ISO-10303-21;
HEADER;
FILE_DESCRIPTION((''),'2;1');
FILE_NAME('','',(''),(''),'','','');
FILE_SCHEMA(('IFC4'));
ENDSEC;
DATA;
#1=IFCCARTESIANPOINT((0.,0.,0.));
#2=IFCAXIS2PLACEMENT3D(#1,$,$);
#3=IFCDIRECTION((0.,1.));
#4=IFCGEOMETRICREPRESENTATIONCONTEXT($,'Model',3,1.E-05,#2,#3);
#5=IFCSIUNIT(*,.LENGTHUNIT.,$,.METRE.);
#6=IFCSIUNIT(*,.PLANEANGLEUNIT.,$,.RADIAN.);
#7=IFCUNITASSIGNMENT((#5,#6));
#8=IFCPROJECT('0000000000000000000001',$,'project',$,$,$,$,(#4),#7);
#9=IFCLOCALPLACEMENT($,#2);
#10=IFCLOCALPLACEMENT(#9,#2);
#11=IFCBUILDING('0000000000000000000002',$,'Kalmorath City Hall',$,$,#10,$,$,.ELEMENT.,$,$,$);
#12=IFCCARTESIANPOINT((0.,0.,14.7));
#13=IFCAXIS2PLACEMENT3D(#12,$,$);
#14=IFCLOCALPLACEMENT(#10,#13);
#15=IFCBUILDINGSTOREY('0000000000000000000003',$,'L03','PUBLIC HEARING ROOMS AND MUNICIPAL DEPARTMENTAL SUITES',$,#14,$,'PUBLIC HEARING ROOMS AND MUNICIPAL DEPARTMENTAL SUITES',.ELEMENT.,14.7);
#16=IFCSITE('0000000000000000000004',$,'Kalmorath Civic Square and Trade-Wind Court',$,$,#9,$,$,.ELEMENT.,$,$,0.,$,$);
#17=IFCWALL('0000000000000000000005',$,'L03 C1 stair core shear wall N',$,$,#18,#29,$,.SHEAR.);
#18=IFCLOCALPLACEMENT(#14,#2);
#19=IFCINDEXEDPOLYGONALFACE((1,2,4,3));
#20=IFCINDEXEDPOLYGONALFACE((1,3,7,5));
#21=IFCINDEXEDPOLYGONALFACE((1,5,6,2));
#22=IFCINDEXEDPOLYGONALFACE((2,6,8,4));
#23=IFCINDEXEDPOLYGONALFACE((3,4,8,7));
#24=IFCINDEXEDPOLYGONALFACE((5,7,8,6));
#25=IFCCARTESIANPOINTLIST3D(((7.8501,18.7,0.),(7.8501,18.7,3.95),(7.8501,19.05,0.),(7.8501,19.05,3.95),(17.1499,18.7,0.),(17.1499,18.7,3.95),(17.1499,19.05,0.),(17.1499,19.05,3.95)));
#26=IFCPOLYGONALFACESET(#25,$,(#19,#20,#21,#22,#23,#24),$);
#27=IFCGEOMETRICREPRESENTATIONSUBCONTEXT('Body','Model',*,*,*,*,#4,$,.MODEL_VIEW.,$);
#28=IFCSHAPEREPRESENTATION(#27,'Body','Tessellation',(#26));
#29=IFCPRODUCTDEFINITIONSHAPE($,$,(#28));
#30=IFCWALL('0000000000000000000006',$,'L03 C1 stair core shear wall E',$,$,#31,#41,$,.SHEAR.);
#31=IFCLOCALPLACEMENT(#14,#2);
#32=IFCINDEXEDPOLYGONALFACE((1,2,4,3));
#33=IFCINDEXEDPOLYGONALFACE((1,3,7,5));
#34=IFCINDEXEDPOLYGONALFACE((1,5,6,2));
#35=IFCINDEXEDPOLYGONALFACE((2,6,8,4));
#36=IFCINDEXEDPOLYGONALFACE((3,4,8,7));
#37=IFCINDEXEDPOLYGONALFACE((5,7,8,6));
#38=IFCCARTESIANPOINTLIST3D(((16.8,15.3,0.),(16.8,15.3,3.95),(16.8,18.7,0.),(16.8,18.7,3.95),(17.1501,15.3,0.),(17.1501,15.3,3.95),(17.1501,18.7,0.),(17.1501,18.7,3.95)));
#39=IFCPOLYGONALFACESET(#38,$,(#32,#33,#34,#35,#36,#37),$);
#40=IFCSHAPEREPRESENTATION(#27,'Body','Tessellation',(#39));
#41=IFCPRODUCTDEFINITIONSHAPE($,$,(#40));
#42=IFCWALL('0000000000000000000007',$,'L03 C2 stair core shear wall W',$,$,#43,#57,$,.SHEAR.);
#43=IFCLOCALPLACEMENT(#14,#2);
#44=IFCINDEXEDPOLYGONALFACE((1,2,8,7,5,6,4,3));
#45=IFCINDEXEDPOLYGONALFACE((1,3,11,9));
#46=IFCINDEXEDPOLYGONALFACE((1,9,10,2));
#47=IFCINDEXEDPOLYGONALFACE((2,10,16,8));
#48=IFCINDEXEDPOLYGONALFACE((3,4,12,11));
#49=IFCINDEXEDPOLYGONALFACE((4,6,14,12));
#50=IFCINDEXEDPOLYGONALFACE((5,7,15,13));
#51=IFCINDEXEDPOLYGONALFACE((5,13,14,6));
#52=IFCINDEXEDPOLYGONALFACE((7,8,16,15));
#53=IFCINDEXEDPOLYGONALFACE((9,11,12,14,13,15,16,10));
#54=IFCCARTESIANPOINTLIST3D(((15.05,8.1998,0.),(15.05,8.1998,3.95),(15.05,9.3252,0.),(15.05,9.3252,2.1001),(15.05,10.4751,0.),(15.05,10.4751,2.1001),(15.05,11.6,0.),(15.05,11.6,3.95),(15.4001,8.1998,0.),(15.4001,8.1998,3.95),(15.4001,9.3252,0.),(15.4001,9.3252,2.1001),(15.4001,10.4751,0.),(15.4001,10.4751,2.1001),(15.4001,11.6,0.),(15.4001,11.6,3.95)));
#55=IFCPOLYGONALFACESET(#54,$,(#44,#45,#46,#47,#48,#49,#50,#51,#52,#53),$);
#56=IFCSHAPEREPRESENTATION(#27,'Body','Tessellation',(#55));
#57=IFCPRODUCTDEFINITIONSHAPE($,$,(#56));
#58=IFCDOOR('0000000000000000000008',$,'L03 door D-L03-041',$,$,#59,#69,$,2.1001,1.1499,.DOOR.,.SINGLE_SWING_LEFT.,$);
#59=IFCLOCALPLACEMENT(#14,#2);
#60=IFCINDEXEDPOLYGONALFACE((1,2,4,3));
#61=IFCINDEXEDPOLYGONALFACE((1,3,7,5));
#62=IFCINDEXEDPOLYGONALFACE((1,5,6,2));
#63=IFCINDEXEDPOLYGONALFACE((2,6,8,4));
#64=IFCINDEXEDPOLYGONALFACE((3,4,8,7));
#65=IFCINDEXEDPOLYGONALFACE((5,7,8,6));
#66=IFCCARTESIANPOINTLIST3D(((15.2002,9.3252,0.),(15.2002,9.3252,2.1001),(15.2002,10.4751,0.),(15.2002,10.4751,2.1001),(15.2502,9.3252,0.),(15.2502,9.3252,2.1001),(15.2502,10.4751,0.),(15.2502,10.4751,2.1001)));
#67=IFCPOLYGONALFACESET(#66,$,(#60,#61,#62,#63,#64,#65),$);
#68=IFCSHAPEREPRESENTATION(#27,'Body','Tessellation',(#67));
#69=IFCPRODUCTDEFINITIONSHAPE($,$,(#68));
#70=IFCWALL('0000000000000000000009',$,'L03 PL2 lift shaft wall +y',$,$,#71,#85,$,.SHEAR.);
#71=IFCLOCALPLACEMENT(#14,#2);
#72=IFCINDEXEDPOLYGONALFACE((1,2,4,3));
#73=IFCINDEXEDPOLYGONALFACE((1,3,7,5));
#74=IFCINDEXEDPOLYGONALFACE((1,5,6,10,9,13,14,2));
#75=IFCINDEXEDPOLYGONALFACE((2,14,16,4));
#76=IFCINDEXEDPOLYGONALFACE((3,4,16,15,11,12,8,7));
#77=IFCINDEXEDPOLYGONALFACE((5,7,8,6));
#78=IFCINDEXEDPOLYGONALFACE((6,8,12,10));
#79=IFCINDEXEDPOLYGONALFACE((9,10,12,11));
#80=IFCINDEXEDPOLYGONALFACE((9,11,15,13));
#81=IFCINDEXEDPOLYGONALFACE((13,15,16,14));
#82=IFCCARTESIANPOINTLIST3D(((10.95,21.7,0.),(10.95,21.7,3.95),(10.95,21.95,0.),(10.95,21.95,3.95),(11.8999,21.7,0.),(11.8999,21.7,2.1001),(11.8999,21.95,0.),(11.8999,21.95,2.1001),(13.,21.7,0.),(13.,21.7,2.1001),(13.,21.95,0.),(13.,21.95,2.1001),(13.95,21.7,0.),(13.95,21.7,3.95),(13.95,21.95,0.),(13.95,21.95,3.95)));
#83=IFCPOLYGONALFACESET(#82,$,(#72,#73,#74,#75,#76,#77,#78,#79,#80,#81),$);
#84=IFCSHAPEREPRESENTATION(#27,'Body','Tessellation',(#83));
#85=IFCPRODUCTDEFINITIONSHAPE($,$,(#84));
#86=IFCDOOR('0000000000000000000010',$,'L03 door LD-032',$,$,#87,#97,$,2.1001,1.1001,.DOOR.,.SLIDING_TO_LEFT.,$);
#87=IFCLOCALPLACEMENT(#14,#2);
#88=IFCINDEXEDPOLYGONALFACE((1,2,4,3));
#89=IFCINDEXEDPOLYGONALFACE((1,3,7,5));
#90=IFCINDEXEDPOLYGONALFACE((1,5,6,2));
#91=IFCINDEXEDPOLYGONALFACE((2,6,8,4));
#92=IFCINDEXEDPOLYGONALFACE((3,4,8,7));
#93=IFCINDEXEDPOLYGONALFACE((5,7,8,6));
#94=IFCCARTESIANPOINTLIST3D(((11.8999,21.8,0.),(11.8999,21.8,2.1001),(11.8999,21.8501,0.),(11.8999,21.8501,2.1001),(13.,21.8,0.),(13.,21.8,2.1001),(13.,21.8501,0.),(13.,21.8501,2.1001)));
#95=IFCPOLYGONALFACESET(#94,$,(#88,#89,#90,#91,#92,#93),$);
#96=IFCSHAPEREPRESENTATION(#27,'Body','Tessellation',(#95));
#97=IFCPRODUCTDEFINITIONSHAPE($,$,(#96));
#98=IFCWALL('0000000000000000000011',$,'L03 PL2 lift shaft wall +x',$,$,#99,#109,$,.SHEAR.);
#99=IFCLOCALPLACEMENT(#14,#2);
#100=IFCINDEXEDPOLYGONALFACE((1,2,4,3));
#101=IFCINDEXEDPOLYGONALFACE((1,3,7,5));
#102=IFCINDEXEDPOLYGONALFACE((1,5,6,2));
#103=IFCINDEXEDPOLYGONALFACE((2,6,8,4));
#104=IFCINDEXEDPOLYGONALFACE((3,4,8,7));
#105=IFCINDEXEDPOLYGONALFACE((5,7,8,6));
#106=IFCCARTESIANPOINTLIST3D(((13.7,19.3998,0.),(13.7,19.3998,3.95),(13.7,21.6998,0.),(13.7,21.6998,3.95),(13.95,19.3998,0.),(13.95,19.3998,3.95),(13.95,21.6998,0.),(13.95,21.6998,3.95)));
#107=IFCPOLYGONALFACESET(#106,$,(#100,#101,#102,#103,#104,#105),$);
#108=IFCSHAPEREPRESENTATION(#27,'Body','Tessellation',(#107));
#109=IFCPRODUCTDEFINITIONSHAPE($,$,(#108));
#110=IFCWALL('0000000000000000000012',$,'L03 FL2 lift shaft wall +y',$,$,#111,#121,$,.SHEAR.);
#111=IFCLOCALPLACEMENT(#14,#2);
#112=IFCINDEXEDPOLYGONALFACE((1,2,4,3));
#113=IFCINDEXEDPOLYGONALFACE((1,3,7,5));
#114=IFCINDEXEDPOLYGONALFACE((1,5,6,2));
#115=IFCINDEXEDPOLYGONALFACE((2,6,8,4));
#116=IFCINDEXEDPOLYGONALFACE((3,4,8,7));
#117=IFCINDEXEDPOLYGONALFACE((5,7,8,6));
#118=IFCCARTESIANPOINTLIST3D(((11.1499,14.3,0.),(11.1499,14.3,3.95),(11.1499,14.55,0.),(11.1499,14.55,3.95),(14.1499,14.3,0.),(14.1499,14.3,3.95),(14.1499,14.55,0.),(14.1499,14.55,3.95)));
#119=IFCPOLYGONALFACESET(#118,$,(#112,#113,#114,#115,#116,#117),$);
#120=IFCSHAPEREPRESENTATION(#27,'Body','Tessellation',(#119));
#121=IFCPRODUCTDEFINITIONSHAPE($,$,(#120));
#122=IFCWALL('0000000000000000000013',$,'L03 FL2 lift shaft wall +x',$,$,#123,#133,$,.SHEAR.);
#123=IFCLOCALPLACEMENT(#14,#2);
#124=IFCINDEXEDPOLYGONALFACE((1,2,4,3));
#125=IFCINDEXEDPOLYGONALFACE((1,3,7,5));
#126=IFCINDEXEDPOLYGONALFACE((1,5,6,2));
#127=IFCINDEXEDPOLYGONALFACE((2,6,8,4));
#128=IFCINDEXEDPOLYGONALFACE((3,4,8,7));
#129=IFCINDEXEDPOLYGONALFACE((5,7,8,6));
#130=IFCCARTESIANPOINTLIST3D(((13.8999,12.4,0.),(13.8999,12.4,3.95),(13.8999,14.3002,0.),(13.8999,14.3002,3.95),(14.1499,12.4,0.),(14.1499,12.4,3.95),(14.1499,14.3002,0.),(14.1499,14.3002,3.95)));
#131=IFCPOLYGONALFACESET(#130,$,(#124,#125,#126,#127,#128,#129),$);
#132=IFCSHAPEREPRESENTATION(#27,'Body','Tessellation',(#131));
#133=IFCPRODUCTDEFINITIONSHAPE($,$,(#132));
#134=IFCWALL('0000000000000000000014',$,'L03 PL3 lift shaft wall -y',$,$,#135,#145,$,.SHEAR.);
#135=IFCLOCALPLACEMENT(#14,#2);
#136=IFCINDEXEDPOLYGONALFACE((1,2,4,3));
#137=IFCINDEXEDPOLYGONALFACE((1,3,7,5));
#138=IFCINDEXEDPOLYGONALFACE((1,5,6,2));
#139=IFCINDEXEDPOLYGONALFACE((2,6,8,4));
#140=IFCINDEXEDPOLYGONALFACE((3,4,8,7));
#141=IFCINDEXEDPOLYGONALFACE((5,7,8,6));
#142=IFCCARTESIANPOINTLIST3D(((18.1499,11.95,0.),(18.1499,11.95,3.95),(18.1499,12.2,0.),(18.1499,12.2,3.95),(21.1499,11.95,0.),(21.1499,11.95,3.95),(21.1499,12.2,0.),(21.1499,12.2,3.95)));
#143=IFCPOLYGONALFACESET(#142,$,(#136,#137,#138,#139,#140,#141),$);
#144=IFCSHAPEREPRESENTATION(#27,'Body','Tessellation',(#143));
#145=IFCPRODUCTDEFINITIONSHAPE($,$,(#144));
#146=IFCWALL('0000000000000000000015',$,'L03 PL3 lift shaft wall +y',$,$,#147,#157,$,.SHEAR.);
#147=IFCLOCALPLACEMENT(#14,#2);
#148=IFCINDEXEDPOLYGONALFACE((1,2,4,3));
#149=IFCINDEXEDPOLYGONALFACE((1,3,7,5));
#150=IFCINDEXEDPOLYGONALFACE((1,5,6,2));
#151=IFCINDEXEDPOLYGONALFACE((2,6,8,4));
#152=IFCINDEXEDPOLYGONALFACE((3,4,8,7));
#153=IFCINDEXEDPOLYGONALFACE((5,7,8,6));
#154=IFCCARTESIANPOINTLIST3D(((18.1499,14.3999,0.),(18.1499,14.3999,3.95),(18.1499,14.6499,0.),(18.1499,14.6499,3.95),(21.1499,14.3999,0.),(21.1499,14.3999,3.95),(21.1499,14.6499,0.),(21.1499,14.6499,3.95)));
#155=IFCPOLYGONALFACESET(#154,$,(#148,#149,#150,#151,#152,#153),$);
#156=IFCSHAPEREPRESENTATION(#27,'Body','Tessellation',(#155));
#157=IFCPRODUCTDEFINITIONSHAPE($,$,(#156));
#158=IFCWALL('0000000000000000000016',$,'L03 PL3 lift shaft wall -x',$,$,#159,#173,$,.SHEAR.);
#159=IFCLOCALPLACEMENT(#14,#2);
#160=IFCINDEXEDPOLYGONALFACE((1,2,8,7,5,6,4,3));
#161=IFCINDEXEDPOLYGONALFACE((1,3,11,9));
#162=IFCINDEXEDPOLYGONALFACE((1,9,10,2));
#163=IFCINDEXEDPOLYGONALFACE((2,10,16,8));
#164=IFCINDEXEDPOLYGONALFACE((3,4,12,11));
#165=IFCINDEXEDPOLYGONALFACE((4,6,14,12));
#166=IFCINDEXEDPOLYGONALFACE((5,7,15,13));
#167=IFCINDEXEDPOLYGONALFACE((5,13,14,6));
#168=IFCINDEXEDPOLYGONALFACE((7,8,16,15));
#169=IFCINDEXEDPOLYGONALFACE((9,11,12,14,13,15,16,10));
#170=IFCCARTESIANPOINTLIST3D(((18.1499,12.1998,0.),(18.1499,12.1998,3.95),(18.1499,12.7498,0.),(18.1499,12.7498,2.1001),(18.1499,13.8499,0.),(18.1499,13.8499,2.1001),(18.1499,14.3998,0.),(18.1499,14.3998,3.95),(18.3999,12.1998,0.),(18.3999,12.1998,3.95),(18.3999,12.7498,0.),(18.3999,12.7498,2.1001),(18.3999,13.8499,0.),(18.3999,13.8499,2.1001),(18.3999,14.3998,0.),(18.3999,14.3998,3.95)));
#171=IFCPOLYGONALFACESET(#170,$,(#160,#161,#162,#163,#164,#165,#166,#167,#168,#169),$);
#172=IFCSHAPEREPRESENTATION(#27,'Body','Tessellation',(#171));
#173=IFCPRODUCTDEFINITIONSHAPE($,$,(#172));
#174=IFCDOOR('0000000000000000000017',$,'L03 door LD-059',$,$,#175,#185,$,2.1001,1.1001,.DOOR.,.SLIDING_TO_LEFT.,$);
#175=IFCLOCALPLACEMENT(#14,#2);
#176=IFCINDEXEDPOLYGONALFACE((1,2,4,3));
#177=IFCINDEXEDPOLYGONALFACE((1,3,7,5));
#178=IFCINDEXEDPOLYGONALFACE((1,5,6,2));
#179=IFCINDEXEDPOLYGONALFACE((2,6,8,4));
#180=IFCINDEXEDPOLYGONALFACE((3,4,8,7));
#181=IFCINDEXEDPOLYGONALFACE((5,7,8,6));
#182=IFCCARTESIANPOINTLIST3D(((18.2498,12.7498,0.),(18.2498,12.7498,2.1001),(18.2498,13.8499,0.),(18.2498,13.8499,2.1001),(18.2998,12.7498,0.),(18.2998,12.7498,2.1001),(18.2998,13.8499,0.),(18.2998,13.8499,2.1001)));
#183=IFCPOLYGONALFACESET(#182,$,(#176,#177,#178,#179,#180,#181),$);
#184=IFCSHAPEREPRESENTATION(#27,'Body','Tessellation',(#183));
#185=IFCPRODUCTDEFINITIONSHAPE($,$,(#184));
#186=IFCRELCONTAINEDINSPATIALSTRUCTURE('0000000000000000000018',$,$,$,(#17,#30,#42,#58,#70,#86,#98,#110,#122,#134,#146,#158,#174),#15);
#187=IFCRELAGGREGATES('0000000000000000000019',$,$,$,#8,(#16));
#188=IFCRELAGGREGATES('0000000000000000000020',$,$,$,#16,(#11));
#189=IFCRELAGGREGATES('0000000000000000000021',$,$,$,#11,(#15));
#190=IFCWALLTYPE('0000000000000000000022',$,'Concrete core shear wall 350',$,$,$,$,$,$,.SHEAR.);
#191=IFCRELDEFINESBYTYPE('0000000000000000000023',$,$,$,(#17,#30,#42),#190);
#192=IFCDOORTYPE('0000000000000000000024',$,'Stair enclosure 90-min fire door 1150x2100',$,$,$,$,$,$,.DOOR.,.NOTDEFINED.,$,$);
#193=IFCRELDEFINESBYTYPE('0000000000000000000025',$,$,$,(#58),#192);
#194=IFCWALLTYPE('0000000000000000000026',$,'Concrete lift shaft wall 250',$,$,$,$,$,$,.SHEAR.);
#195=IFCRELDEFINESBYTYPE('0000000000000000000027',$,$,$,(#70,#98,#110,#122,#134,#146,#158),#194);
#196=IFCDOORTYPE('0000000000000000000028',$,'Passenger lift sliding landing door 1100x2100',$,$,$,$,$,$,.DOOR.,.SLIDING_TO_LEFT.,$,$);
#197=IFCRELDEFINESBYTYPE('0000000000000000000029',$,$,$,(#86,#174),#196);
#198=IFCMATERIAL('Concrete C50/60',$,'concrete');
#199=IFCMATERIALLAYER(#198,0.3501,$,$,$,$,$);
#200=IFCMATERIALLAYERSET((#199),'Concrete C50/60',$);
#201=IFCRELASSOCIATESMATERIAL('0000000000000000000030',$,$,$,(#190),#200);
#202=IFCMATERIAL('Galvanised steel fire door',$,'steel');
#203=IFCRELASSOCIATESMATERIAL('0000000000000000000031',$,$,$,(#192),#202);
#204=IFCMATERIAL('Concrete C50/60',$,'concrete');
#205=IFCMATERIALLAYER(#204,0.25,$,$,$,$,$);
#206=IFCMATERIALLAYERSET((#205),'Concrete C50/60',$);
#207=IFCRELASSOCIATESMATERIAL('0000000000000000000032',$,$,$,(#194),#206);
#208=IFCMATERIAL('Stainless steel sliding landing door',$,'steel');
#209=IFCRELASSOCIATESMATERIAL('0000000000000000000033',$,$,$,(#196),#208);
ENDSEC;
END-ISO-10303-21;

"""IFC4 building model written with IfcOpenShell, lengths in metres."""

from ifc_helpers import new_model, si_unit, direction, frame, frame_2d, origin, place, context, subcontext, project, spatial, rectangle, extrude, material, layer, layer_set, type_object, element, fill, save


model = new_model("IFC4")

# Units and contexts
model_context = context("Model", 3, precision=1e-05, world=origin(), true_north=direction((0.0, 1.0)))
body_context = subcontext(model_context, "Body", "Model", "MODEL_VIEW")
ifc_project = project(units=[si_unit("LENGTHUNIT", "METRE"), si_unit("PLANEANGLEUNIT", "RADIAN")], contexts=[model_context])

# Site, building, storey
site_placement = place(None, origin())
site = spatial("IfcSite", under=ifc_project, at=site_placement, Name="Kalmorath Civic Square and Trade-Wind Court", CompositionType="ELEMENT", RefElevation=0.0)
building_placement = place(site_placement, origin())
building = spatial("IfcBuilding", under=site, at=building_placement, Name="Kalmorath City Hall", CompositionType="ELEMENT")
storey_placement = place(building_placement, frame((0.0, 0.0, 14.7)))
storey = spatial("IfcBuildingStorey", under=building, at=storey_placement, Name="L03", Description="PUBLIC HEARING ROOMS AND MUNICIPAL DEPARTMENTAL SUITES", LongName="PUBLIC HEARING ROOMS AND MUNICIPAL DEPARTMENTAL SUITES", CompositionType="ELEMENT", Elevation=14.7)

# Walls
ifc_material_1 = material(Name="Concrete C50/60", Category="concrete")
ifc_layer_1 = layer(ifc_material_1, 0.3501)
ifc_layer_set_1 = layer_set([ifc_layer_1], Name="Concrete C50/60")
wall_type_1 = type_object("IfcWallType", Name="Concrete core shear wall 350", PredefinedType="SHEAR", material=ifc_layer_set_1)
wall_1_placement = place(storey_placement, frame((17.1499, 18.875, 0.0), z_axis=(0.0, 0.0, 1.0), x_axis=(-1.0, 0.0, 0.0)))
element("IfcWall", 1, at=wall_1_placement, inside=storey, type_object=wall_type_1, Name="L03 C1 stair core shear wall N", PredefinedType="SHEAR", context=body_context, shape_type="SweptSolid", body=[
    extrude(rectangle(XDim=9.2998, YDim=0.3501, at=frame_2d((4.6499, 0.0))), origin(), (0.0, 0.0, 1.0), 3.95),
])
wall_2_placement = place(storey_placement, frame((16.9751, 15.3, 0.0), z_axis=(0.0, 0.0, 1.0), x_axis=(0.0, 1.0, 0.0)))
element("IfcWall", 2, at=wall_2_placement, inside=storey, type_object=wall_type_1, Name="L03 C1 stair core shear wall E", PredefinedType="SHEAR", context=body_context, shape_type="SweptSolid", body=[
    extrude(rectangle(XDim=3.3999, YDim=0.3501, at=frame_2d((1.7, 0.0))), origin(), (0.0, 0.0, 1.0), 3.95),
])

# Walls, openings, doors
wall_3_placement = place(storey_placement, frame((15.2251, 11.6001, 0.0), z_axis=(0.0, 0.0, 1.0), x_axis=(0.0, -1.0, 0.0)))
wall_3 = element("IfcWall", 3, at=wall_3_placement, inside=storey, type_object=wall_type_1, Name="L03 C2 stair core shear wall W", PredefinedType="SHEAR", context=body_context, shape_type="SweptSolid", body=[
    extrude(rectangle(XDim=3.4001, YDim=0.3501, at=frame_2d((1.7002, 0.0))), origin(), (0.0, 0.0, 1.0), 3.95),
])
opening_1_placement = place(wall_3_placement, frame((1.125, 0.0, 0.0)))
opening_1 = element("IfcOpeningElement", 4, at=opening_1_placement, cuts=wall_3, PredefinedType="OPENING", context=body_context, shape_type="SweptSolid", body=[
    extrude(rectangle(XDim=1.1499, YDim=2.1001, at=frame_2d((0.575, 1.05))), frame((0.0, 0.1851, 0.0), z_axis=(0.0, -1.0, 0.0), x_axis=(1.0, 0.0, 0.0)), (0.0, 0.0, 1.0), 0.3701),
])
ifc_material_2 = material(Name="Galvanised steel fire door", Category="steel")
door_type_1 = type_object("IfcDoorType", Name="Stair enclosure 90-min fire door 1150x2100", OperationType="NOTDEFINED", PredefinedType="DOOR", material=ifc_material_2)
door_1_placement = place(opening_1_placement, frame((1.1499, 0.0, 0.0), z_axis=(0.0, 0.0, 1.0), x_axis=(-1.0, 0.0, 0.0)))
door_1 = element("IfcDoor", 5, at=door_1_placement, inside=storey, type_object=door_type_1, Name="L03 door D-L03-041", OperationType="SINGLE_SWING_LEFT", OverallHeight=2.1001, OverallWidth=1.1499, PredefinedType="DOOR", context=body_context, shape_type="SweptSolid", body=[
    extrude(rectangle(XDim=1.1499, YDim=2.1001, at=frame_2d((0.575, 1.05))), frame((0.0, 0.0249, 0.0), z_axis=(0.0, -1.0, 0.0), x_axis=(1.0, 0.0, 0.0)), (0.0, 0.0, 1.0), 0.05),
])
fill(opening_1, door_1)
ifc_material_3 = material(Name="Concrete C50/60", Category="concrete")
ifc_layer_2 = layer(ifc_material_3, 0.25)
ifc_layer_set_2 = layer_set([ifc_layer_2], Name="Concrete C50/60")
wall_type_2 = type_object("IfcWallType", Name="Concrete lift shaft wall 250", PredefinedType="SHEAR", material=ifc_layer_set_2)
wall_4_placement = place(storey_placement, frame((13.95, 21.825, 0.0), z_axis=(0.0, 0.0, 1.0), x_axis=(-1.0, 0.0, 0.0)))
wall_4 = element("IfcWall", 6, at=wall_4_placement, inside=storey, type_object=wall_type_2, Name="L03 PL2 lift shaft wall +y", PredefinedType="SHEAR", context=body_context, shape_type="SweptSolid", body=[
    extrude(rectangle(XDim=3.0, YDim=0.25, at=frame_2d((1.5, 0.0))), origin(), (0.0, 0.0, 1.0), 3.95),
])
opening_2_placement = place(wall_4_placement, frame((0.95, 0.0, 0.0)))
opening_2 = element("IfcOpeningElement", 7, at=opening_2_placement, cuts=wall_4, PredefinedType="OPENING", context=body_context, shape_type="SweptSolid", body=[
    extrude(rectangle(XDim=1.1001, YDim=2.1001, at=frame_2d((0.55, 1.05))), frame((0.0, 0.135, 0.0), z_axis=(0.0, -1.0, 0.0), x_axis=(1.0, 0.0, 0.0)), (0.0, 0.0, 1.0), 0.27),
])
ifc_material_4 = material(Name="Stainless steel sliding landing door", Category="steel")
door_type_2 = type_object("IfcDoorType", Name="Passenger lift sliding landing door 1100x2100", OperationType="SLIDING_TO_LEFT", PredefinedType="DOOR", material=ifc_material_4)
door_2_placement = place(opening_2_placement, origin())
door_2 = element("IfcDoor", 8, at=door_2_placement, inside=storey, type_object=door_type_2, Name="L03 door LD-032", OperationType="SLIDING_TO_LEFT", OverallHeight=2.1001, OverallWidth=1.1001, PredefinedType="DOOR", context=body_context, shape_type="SweptSolid", body=[
    extrude(rectangle(XDim=1.1001, YDim=2.1001, at=frame_2d((0.55, 1.05))), frame((0.0, 0.0249, 0.0), z_axis=(0.0, -1.0, 0.0), x_axis=(1.0, 0.0, 0.0)), (0.0, 0.0, 1.0), 0.05),
])
fill(opening_2, door_2)

# Walls
wall_5_placement = place(storey_placement, frame((13.825, 19.3999, 0.0), z_axis=(0.0, 0.0, 1.0), x_axis=(0.0, 1.0, 0.0)))
element("IfcWall", 9, at=wall_5_placement, inside=storey, type_object=wall_type_2, Name="L03 PL2 lift shaft wall +x", PredefinedType="SHEAR", context=body_context, shape_type="SweptSolid", body=[
    extrude(rectangle(XDim=2.3, YDim=0.25, at=frame_2d((1.1499, 0.0))), origin(), (0.0, 0.0, 1.0), 3.95),
])
wall_6_placement = place(storey_placement, frame((14.1499, 14.425, 0.0), z_axis=(0.0, 0.0, 1.0), x_axis=(-1.0, 0.0, 0.0)))
element("IfcWall", 10, at=wall_6_placement, inside=storey, type_object=wall_type_2, Name="L03 FL2 lift shaft wall +y", PredefinedType="SHEAR", context=body_context, shape_type="SweptSolid", body=[
    extrude(rectangle(XDim=3.0, YDim=0.25, at=frame_2d((1.5, 0.0))), origin(), (0.0, 0.0, 1.0), 3.95),
])
wall_7_placement = place(storey_placement, frame((14.0249, 12.3999, 0.0), z_axis=(0.0, 0.0, 1.0), x_axis=(0.0, 1.0, 0.0)))
element("IfcWall", 11, at=wall_7_placement, inside=storey, type_object=wall_type_2, Name="L03 FL2 lift shaft wall +x", PredefinedType="SHEAR", context=body_context, shape_type="SweptSolid", body=[
    extrude(rectangle(XDim=1.9001, YDim=0.25, at=frame_2d((0.9502, 0.0))), origin(), (0.0, 0.0, 1.0), 3.95),
])
for number, where, z_axis, x_axis, name in (
    (12, (18.1499, 12.075, 0.0), (0.0, 0.0, 1.0), (1.0, 0.0, 0.0), "L03 PL3 lift shaft wall -y"),
    (13, (21.1499, 14.5249, 0.0), (0.0, 0.0, 1.0), (-1.0, 0.0, 0.0), "L03 PL3 lift shaft wall +y"),
):
    element("IfcWall", number, at=place(storey_placement, frame(where, z_axis=z_axis, x_axis=x_axis)), inside=storey, type_object=wall_type_2, Name=name, PredefinedType="SHEAR", context=body_context, shape_type="SweptSolid", body=[
        extrude(rectangle(XDim=3.0, YDim=0.25, at=frame_2d((1.5, 0.0))), origin(), (0.0, 0.0, 1.0), 3.95),
    ])

# Wall, opening, door
wall_8_placement = place(storey_placement, frame((18.2749, 14.3999, 0.0), z_axis=(0.0, 0.0, 1.0), x_axis=(0.0, -1.0, 0.0)))
wall_8 = element("IfcWall", 14, at=wall_8_placement, inside=storey, type_object=wall_type_2, Name="L03 PL3 lift shaft wall -x", PredefinedType="SHEAR", context=body_context, shape_type="SweptSolid", body=[
    extrude(rectangle(XDim=2.2, YDim=0.25, at=frame_2d((1.1001, 0.0))), origin(), (0.0, 0.0, 1.0), 3.95),
])
opening_3_placement = place(wall_8_placement, frame((0.55, 0.0, 0.0)))
opening_3 = element("IfcOpeningElement", 15, at=opening_3_placement, cuts=wall_8, PredefinedType="OPENING", context=body_context, shape_type="SweptSolid", body=[
    extrude(rectangle(XDim=1.1001, YDim=2.1001, at=frame_2d((0.55, 1.05))), frame((0.0, 0.135, 0.0), z_axis=(0.0, -1.0, 0.0), x_axis=(1.0, 0.0, 0.0)), (0.0, 0.0, 1.0), 0.27),
])
door_3_placement = place(opening_3_placement, origin())
door_3 = element("IfcDoor", 16, at=door_3_placement, inside=storey, type_object=door_type_2, Name="L03 door LD-059", OperationType="SLIDING_TO_LEFT", OverallHeight=2.1001, OverallWidth=1.1001, PredefinedType="DOOR", context=body_context, shape_type="SweptSolid", body=[
    extrude(rectangle(XDim=1.1001, YDim=2.1001, at=frame_2d((0.55, 1.05))), frame((0.0, 0.0249, 0.0), z_axis=(0.0, -1.0, 0.0), x_axis=(1.0, 0.0, 0.0)), (0.0, 0.0, 1.0), 0.05),
])
fill(opening_3, door_3)

save(model, "model.ifc")
